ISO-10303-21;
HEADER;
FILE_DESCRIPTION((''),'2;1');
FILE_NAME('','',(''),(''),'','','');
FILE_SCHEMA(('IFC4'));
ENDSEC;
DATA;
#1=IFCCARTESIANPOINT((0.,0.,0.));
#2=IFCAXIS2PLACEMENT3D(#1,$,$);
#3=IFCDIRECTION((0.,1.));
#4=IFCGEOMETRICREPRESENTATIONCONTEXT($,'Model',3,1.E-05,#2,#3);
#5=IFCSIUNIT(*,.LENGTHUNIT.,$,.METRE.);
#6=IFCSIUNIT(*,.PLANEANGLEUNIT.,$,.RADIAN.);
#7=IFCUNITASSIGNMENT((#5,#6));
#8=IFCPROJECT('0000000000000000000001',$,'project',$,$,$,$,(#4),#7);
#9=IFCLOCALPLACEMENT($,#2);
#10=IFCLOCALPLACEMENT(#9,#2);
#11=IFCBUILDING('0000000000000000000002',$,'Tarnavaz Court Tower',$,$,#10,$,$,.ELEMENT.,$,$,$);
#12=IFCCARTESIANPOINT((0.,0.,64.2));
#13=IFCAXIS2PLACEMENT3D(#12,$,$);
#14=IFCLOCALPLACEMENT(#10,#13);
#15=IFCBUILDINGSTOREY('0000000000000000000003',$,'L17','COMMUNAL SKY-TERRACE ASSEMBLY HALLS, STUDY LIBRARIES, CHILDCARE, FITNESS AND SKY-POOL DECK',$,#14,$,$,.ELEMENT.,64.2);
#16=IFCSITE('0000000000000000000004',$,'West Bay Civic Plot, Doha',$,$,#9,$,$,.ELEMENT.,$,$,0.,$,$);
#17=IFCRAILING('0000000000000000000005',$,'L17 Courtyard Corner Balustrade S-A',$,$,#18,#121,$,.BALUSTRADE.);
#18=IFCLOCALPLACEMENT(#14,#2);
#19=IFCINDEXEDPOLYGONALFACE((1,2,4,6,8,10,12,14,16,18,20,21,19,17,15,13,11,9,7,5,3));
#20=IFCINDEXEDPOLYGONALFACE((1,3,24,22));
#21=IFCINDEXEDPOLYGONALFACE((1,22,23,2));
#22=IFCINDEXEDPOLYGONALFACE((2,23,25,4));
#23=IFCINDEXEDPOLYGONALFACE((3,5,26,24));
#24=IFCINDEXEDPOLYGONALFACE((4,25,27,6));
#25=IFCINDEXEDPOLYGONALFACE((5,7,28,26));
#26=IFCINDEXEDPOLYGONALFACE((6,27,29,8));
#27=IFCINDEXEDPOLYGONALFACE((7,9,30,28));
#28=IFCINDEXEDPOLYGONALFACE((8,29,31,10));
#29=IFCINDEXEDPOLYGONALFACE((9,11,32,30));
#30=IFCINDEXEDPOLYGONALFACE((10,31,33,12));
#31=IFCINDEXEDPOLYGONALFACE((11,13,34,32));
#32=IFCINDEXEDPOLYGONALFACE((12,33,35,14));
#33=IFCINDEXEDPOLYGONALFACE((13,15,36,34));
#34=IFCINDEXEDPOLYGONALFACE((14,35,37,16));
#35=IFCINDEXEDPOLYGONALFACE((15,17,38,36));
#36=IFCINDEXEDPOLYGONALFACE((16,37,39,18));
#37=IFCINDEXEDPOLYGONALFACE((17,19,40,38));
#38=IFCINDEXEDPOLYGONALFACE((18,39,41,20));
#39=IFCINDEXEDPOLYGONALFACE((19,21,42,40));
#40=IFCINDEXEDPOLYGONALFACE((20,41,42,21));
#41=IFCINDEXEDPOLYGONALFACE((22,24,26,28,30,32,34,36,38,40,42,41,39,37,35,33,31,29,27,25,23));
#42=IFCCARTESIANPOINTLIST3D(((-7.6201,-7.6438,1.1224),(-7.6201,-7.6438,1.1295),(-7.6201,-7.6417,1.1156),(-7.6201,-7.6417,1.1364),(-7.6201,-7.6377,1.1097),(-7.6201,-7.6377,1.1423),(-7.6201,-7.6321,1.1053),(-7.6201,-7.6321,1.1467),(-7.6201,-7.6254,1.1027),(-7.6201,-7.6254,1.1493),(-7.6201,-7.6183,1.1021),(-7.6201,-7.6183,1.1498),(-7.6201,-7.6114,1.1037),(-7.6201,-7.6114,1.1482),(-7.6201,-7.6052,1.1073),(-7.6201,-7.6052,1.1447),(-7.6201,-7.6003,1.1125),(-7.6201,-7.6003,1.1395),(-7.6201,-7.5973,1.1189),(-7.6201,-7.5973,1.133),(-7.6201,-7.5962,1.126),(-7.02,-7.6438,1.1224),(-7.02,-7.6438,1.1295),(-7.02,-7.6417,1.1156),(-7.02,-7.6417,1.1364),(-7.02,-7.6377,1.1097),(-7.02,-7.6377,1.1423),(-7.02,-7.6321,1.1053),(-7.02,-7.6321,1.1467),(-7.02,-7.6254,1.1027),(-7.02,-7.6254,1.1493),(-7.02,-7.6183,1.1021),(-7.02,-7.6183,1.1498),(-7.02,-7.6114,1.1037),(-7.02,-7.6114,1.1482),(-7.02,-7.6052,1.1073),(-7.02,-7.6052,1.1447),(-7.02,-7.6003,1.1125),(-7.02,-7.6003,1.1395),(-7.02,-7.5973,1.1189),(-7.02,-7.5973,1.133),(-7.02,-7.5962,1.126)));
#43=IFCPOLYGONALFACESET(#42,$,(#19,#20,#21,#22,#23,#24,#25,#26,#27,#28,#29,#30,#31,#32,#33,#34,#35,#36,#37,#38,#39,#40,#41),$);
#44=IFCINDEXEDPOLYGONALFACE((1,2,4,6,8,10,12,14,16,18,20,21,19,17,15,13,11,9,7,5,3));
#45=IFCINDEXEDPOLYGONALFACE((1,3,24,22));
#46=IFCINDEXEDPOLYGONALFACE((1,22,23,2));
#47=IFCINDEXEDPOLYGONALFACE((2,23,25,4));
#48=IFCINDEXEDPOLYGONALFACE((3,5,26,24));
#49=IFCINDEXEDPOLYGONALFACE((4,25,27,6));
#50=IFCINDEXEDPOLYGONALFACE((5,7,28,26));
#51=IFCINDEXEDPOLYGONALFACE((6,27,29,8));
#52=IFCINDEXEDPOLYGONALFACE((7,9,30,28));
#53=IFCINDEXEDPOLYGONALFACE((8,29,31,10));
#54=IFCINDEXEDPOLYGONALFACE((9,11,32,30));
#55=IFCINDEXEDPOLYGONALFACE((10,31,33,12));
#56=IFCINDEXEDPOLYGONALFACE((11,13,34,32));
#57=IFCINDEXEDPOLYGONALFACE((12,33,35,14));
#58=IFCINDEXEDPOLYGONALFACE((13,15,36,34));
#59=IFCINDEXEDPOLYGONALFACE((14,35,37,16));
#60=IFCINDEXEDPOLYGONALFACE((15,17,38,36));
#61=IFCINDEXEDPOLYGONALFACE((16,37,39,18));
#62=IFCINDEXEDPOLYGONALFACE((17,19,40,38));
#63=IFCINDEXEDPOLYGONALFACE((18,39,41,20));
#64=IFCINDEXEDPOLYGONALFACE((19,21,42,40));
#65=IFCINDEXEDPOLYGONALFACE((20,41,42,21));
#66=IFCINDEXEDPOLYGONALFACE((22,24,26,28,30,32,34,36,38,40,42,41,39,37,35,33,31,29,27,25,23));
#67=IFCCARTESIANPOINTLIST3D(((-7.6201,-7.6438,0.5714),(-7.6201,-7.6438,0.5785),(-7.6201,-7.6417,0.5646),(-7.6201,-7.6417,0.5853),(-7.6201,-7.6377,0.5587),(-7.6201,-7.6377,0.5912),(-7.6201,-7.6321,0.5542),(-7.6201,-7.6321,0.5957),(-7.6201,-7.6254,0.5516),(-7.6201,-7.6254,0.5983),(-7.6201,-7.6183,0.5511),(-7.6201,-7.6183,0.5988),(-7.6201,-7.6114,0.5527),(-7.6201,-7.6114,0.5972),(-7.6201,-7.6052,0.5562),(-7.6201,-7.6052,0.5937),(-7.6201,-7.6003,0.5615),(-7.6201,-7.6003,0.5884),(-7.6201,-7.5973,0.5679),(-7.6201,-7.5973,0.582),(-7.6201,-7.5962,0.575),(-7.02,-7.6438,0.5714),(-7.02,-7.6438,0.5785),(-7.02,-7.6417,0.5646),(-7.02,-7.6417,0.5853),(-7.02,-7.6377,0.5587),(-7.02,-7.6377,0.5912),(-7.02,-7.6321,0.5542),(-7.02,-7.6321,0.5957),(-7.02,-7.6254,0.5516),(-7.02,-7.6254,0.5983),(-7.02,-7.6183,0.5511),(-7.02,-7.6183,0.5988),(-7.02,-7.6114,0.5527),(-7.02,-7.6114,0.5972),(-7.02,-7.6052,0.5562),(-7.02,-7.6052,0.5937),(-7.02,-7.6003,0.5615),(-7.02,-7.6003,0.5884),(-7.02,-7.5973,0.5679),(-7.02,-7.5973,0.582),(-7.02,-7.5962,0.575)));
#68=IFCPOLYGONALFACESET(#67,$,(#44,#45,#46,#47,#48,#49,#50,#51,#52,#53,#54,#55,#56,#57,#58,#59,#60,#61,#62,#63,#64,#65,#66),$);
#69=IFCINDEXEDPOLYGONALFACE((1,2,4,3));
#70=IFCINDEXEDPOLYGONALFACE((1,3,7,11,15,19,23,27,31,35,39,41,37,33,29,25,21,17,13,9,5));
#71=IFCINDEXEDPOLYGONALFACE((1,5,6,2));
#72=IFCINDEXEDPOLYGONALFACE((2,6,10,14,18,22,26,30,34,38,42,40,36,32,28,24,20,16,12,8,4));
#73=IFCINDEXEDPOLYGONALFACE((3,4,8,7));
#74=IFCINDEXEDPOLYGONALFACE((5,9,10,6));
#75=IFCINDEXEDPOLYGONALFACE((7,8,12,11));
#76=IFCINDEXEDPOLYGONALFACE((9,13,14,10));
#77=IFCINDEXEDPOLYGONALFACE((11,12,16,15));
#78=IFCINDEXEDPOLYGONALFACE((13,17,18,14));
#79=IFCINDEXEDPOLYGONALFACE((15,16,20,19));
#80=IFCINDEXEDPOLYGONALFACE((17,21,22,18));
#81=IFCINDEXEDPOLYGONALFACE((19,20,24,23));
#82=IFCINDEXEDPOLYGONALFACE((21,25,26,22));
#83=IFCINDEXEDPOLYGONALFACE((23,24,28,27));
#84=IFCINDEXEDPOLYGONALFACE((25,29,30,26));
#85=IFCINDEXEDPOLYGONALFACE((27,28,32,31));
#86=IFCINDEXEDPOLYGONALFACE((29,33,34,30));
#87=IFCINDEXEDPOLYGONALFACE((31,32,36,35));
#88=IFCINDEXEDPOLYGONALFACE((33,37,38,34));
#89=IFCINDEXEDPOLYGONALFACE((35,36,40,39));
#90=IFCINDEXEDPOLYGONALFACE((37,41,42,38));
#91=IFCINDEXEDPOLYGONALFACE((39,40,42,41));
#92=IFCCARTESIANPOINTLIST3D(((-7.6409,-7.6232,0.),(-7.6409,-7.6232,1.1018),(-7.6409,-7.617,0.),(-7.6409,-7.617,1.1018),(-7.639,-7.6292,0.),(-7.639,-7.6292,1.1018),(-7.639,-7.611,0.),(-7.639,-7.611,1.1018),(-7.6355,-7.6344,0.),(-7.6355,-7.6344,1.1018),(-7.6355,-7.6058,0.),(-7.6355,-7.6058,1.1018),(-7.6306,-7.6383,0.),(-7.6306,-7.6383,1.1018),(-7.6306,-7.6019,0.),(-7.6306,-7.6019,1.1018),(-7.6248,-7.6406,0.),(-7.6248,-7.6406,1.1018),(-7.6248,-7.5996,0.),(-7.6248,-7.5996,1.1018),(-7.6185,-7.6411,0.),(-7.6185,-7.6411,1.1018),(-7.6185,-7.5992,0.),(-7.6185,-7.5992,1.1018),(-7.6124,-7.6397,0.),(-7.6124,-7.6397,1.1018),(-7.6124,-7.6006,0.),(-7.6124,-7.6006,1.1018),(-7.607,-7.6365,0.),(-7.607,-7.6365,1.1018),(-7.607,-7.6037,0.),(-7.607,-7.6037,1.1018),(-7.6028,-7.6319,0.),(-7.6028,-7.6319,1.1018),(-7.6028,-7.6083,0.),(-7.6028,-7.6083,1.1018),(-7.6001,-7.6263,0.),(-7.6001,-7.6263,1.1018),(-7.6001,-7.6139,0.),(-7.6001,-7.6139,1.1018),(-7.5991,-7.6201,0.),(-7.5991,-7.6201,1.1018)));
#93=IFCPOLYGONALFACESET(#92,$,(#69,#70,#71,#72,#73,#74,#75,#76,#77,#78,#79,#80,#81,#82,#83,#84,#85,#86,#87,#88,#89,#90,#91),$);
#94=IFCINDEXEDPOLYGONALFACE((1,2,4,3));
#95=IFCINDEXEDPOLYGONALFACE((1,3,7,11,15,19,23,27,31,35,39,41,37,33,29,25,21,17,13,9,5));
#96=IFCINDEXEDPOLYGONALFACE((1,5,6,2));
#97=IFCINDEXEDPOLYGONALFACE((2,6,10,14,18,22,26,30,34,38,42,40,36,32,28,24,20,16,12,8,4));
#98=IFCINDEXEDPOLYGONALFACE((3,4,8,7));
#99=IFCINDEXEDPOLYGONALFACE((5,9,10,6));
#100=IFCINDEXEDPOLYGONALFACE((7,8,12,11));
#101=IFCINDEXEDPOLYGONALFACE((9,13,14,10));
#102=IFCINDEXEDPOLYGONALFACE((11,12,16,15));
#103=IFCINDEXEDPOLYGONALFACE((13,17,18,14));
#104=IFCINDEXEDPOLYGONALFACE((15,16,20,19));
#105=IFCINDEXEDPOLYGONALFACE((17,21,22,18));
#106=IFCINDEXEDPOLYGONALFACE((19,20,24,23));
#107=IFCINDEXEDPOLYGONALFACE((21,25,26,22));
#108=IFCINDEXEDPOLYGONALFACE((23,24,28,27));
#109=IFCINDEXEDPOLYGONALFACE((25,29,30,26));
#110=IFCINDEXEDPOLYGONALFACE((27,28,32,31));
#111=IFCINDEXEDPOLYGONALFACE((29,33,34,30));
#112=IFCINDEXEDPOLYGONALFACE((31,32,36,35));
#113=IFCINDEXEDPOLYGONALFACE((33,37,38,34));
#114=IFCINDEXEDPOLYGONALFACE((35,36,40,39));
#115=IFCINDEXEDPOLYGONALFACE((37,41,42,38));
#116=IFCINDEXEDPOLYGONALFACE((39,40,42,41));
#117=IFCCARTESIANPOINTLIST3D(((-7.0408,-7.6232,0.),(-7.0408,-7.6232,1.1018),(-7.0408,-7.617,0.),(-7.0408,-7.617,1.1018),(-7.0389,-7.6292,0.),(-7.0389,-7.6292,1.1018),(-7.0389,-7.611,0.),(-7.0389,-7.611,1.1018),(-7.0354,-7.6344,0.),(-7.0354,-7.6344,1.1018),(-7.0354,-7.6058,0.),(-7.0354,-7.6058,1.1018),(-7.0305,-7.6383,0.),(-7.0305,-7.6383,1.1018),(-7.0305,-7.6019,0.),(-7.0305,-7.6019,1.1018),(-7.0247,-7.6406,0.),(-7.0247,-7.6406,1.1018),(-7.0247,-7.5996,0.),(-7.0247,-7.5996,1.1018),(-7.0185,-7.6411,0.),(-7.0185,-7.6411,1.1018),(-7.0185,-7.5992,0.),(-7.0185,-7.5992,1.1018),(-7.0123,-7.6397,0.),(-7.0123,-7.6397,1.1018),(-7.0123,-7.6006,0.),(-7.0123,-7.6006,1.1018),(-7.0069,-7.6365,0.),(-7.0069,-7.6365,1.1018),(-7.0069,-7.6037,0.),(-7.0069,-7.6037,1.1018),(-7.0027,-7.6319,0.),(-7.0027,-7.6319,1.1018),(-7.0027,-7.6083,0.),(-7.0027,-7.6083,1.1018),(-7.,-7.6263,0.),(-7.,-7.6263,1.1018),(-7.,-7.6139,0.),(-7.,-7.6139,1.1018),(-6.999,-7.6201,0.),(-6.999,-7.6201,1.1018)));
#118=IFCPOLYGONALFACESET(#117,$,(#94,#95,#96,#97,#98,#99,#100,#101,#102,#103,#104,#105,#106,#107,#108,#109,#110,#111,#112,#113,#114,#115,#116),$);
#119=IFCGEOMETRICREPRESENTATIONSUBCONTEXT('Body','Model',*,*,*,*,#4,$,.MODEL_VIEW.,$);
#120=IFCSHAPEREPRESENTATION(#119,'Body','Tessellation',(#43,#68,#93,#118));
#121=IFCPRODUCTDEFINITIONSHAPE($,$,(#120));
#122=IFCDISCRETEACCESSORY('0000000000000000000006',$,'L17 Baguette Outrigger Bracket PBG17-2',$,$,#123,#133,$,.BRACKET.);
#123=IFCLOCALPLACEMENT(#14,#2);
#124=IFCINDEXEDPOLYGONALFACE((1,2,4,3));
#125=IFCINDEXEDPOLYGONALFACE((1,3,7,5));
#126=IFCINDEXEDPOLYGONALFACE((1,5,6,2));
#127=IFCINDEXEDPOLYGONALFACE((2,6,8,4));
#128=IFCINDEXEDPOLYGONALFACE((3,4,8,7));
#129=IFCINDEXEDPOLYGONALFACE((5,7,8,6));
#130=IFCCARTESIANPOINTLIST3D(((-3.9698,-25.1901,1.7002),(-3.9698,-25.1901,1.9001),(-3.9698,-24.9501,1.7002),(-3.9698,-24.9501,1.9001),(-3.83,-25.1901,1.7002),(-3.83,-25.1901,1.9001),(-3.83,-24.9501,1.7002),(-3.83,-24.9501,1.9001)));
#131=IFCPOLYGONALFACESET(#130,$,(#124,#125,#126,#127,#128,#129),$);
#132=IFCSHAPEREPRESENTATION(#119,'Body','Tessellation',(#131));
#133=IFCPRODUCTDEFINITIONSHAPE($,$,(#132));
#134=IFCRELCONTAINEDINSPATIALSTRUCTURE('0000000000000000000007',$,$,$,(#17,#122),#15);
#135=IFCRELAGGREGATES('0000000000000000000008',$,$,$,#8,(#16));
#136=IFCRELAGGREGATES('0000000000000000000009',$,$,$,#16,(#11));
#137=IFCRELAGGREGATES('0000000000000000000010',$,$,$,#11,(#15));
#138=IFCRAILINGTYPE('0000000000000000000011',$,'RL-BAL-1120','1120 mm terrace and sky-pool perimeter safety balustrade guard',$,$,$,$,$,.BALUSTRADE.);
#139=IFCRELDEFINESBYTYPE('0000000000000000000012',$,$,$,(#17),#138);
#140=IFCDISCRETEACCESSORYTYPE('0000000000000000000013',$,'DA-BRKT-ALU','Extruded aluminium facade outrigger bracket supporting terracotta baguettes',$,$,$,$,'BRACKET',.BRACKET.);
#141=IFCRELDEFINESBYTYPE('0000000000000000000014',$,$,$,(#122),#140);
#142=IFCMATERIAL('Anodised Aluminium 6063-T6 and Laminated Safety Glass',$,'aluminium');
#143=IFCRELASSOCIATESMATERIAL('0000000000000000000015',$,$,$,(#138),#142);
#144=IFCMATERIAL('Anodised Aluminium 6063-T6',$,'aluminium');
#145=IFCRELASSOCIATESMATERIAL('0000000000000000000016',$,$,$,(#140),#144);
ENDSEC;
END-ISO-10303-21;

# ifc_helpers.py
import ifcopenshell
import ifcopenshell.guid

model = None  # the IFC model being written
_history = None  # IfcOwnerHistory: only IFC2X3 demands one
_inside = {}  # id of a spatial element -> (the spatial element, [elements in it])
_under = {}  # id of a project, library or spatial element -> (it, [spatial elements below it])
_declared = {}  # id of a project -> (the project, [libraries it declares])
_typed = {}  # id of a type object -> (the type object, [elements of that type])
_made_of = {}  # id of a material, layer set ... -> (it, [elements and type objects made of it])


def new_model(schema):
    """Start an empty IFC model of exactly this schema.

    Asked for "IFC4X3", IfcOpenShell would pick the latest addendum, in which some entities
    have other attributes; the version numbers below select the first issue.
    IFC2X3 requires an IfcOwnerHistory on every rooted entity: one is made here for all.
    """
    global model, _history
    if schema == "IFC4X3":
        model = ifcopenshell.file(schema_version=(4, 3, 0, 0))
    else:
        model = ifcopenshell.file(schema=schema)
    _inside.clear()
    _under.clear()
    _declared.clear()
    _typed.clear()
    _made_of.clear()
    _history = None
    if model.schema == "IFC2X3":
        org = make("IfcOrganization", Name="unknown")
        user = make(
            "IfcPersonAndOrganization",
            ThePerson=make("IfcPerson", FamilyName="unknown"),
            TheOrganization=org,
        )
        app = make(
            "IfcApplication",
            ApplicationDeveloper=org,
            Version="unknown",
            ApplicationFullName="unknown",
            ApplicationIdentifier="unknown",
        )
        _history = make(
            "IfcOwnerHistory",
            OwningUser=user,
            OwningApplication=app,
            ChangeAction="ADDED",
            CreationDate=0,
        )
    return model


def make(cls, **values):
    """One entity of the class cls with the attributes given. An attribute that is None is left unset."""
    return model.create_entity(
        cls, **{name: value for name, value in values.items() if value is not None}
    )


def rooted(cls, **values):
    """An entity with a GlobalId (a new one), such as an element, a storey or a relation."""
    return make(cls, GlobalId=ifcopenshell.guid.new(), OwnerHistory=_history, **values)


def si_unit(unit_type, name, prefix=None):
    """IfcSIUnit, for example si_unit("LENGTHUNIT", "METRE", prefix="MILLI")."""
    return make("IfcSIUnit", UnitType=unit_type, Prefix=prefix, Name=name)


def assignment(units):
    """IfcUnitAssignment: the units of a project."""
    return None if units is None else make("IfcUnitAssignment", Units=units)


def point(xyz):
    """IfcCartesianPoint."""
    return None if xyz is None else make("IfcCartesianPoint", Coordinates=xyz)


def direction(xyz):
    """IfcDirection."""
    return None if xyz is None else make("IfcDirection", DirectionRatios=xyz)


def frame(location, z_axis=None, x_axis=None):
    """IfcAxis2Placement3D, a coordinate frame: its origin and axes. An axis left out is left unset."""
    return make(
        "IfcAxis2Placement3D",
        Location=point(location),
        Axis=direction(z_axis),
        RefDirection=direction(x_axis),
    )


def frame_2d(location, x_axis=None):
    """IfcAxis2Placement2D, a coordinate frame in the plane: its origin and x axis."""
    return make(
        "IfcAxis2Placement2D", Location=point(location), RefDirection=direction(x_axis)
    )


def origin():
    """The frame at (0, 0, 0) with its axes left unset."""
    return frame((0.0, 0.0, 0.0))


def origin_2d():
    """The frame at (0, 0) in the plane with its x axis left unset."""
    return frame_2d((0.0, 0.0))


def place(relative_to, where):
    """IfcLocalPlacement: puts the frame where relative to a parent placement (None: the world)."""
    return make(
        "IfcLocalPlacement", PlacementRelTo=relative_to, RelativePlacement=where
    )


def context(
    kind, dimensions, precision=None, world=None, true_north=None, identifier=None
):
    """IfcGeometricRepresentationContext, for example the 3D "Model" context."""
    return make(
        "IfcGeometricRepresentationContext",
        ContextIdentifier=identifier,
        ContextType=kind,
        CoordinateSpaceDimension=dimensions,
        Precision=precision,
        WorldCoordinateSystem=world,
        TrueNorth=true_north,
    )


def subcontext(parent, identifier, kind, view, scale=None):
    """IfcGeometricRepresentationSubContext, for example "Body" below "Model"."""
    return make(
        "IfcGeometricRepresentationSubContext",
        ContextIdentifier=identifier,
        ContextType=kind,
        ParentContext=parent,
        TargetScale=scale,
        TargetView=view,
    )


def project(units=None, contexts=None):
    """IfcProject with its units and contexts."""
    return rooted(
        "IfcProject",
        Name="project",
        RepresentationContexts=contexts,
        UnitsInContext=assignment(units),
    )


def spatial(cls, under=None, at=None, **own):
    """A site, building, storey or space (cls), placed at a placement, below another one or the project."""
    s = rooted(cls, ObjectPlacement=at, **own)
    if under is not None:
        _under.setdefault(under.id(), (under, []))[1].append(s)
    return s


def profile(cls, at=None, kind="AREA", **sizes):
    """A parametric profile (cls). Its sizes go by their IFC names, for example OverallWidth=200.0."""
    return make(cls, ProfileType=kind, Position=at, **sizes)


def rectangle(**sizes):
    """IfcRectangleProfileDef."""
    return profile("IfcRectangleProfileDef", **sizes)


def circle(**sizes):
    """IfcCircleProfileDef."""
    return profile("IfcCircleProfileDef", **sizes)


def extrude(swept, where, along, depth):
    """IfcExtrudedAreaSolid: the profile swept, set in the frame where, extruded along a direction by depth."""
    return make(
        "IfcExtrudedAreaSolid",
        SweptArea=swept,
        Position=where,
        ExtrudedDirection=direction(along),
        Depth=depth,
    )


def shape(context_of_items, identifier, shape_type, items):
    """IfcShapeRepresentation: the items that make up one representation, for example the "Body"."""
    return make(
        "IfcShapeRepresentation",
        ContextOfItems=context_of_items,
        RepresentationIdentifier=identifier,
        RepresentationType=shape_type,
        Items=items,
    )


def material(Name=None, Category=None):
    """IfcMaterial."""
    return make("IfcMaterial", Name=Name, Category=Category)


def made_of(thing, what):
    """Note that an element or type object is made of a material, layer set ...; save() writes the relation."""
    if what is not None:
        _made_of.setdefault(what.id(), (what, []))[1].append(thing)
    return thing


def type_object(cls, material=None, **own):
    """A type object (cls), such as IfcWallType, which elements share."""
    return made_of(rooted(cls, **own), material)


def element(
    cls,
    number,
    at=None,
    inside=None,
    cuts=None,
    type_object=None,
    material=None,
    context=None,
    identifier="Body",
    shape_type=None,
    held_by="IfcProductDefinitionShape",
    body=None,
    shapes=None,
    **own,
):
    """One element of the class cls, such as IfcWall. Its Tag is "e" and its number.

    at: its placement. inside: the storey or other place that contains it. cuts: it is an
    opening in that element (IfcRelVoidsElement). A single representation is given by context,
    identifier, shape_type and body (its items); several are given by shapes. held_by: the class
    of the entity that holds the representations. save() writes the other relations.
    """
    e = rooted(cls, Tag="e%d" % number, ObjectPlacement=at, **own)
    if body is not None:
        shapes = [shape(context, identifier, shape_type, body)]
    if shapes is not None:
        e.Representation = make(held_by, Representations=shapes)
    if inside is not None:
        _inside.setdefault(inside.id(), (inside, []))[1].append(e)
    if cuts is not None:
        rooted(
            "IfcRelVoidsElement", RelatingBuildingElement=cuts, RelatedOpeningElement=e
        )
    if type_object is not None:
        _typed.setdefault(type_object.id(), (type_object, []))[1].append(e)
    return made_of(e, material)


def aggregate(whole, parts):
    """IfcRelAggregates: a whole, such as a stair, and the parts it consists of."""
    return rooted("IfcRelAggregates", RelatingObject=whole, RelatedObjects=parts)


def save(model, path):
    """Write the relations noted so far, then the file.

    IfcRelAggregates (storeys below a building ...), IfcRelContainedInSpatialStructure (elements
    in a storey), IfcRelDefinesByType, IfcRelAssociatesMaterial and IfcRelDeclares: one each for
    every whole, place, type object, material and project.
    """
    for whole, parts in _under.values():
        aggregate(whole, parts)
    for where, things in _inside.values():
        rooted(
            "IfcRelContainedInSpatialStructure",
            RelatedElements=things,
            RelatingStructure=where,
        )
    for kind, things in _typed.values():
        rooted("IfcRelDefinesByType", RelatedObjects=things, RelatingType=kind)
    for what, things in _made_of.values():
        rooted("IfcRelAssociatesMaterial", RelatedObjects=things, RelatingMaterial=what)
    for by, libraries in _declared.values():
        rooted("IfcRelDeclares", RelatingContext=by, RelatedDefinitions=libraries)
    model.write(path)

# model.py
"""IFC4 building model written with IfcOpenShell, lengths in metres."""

from ifc_helpers import new_model, si_unit, direction, frame, origin, origin_2d, place, context, subcontext, project, spatial, rectangle, circle, extrude, material, type_object, element, save


model = new_model("IFC4")

# Units and contexts
model_context = context("Model", 3, precision=1e-05, world=origin(), true_north=direction((0.0, 1.0)))
body_context = subcontext(model_context, "Body", "Model", "MODEL_VIEW")
ifc_project = project(units=[si_unit("LENGTHUNIT", "METRE"), si_unit("PLANEANGLEUNIT", "RADIAN")], contexts=[model_context])

# Site, building, storey
site_placement = place(None, origin())
site = spatial("IfcSite", under=ifc_project, at=site_placement, Name="West Bay Civic Plot, Doha", CompositionType="ELEMENT", RefElevation=0.0)
building_placement = place(site_placement, origin())
building = spatial("IfcBuilding", under=site, at=building_placement, Name="Tarnavaz Court Tower", CompositionType="ELEMENT")
storey_placement = place(building_placement, frame((0.0, 0.0, 64.2)))
storey = spatial("IfcBuildingStorey", under=building, at=storey_placement, Name="L17", Description="COMMUNAL SKY-TERRACE ASSEMBLY HALLS, STUDY LIBRARIES, CHILDCARE, FITNESS AND SKY-POOL DECK", CompositionType="ELEMENT", Elevation=64.2)

# Shared definitions
ifc_material_1 = material(Name="Anodised Aluminium 6063-T6", Category="aluminium")

# Railing
ifc_material_2 = material(Name="Anodised Aluminium 6063-T6 and Laminated Safety Glass", Category="aluminium")
railing_type = type_object("IfcRailingType", Name="RL-BAL-1120", Description="1120 mm terrace and sky-pool perimeter safety balustrade guard", PredefinedType="BALUSTRADE", material=ifc_material_2)
railing_placement = place(storey_placement, frame((-7.6201, -7.6201, 0.0)))
element("IfcRailing", 1, at=railing_placement, inside=storey, type_object=railing_type, Name="L17 Courtyard Corner Balustrade S-A", PredefinedType="BALUSTRADE", context=body_context, shape_type="SweptSolid", body=[
    extrude(circle(Radius=0.0239, at=origin_2d()), frame((0.0, 0.0, 1.126), z_axis=(1.0, 0.0, 0.0), x_axis=(0.0, 1.0, 0.0)), (0.0, 0.0, 1.0), 0.6001),
    extrude(circle(Radius=0.0239, at=origin_2d()), frame((0.0, 0.0, 0.575), z_axis=(1.0, 0.0, 0.0), x_axis=(0.0, 1.0, 0.0)), (0.0, 0.0, 1.0), 0.6001),
    extrude(circle(Radius=0.021, at=origin_2d()), origin(), (0.0, 0.0, 1.0), 1.1018),
    extrude(circle(Radius=0.021, at=origin_2d()), frame((0.6001, 0.0, 0.0)), (0.0, 0.0, 1.0), 1.1018),
])

# Discrete accessory
discrete_accessory_type = type_object("IfcDiscreteAccessoryType", Name="DA-BRKT-ALU", Description="Extruded aluminium facade outrigger bracket supporting terracotta baguettes", ElementType="BRACKET", PredefinedType="BRACKET", material=ifc_material_1)
discrete_accessory_placement = place(storey_placement, frame((-3.8999, -25.0701, 1.7002), z_axis=(0.0, 0.0, 1.0), x_axis=(-1.0, 0.0, 0.0)))
element("IfcDiscreteAccessory", 2, at=discrete_accessory_placement, inside=storey, type_object=discrete_accessory_type, Name="L17 Baguette Outrigger Bracket PBG17-2", PredefinedType="BRACKET", context=body_context, shape_type="SweptSolid", body=[
    extrude(rectangle(XDim=0.1399, YDim=0.24, at=origin_2d()), origin(), (0.0, 0.0, 1.0), 0.2),
])

save(model, "model.ifc")
